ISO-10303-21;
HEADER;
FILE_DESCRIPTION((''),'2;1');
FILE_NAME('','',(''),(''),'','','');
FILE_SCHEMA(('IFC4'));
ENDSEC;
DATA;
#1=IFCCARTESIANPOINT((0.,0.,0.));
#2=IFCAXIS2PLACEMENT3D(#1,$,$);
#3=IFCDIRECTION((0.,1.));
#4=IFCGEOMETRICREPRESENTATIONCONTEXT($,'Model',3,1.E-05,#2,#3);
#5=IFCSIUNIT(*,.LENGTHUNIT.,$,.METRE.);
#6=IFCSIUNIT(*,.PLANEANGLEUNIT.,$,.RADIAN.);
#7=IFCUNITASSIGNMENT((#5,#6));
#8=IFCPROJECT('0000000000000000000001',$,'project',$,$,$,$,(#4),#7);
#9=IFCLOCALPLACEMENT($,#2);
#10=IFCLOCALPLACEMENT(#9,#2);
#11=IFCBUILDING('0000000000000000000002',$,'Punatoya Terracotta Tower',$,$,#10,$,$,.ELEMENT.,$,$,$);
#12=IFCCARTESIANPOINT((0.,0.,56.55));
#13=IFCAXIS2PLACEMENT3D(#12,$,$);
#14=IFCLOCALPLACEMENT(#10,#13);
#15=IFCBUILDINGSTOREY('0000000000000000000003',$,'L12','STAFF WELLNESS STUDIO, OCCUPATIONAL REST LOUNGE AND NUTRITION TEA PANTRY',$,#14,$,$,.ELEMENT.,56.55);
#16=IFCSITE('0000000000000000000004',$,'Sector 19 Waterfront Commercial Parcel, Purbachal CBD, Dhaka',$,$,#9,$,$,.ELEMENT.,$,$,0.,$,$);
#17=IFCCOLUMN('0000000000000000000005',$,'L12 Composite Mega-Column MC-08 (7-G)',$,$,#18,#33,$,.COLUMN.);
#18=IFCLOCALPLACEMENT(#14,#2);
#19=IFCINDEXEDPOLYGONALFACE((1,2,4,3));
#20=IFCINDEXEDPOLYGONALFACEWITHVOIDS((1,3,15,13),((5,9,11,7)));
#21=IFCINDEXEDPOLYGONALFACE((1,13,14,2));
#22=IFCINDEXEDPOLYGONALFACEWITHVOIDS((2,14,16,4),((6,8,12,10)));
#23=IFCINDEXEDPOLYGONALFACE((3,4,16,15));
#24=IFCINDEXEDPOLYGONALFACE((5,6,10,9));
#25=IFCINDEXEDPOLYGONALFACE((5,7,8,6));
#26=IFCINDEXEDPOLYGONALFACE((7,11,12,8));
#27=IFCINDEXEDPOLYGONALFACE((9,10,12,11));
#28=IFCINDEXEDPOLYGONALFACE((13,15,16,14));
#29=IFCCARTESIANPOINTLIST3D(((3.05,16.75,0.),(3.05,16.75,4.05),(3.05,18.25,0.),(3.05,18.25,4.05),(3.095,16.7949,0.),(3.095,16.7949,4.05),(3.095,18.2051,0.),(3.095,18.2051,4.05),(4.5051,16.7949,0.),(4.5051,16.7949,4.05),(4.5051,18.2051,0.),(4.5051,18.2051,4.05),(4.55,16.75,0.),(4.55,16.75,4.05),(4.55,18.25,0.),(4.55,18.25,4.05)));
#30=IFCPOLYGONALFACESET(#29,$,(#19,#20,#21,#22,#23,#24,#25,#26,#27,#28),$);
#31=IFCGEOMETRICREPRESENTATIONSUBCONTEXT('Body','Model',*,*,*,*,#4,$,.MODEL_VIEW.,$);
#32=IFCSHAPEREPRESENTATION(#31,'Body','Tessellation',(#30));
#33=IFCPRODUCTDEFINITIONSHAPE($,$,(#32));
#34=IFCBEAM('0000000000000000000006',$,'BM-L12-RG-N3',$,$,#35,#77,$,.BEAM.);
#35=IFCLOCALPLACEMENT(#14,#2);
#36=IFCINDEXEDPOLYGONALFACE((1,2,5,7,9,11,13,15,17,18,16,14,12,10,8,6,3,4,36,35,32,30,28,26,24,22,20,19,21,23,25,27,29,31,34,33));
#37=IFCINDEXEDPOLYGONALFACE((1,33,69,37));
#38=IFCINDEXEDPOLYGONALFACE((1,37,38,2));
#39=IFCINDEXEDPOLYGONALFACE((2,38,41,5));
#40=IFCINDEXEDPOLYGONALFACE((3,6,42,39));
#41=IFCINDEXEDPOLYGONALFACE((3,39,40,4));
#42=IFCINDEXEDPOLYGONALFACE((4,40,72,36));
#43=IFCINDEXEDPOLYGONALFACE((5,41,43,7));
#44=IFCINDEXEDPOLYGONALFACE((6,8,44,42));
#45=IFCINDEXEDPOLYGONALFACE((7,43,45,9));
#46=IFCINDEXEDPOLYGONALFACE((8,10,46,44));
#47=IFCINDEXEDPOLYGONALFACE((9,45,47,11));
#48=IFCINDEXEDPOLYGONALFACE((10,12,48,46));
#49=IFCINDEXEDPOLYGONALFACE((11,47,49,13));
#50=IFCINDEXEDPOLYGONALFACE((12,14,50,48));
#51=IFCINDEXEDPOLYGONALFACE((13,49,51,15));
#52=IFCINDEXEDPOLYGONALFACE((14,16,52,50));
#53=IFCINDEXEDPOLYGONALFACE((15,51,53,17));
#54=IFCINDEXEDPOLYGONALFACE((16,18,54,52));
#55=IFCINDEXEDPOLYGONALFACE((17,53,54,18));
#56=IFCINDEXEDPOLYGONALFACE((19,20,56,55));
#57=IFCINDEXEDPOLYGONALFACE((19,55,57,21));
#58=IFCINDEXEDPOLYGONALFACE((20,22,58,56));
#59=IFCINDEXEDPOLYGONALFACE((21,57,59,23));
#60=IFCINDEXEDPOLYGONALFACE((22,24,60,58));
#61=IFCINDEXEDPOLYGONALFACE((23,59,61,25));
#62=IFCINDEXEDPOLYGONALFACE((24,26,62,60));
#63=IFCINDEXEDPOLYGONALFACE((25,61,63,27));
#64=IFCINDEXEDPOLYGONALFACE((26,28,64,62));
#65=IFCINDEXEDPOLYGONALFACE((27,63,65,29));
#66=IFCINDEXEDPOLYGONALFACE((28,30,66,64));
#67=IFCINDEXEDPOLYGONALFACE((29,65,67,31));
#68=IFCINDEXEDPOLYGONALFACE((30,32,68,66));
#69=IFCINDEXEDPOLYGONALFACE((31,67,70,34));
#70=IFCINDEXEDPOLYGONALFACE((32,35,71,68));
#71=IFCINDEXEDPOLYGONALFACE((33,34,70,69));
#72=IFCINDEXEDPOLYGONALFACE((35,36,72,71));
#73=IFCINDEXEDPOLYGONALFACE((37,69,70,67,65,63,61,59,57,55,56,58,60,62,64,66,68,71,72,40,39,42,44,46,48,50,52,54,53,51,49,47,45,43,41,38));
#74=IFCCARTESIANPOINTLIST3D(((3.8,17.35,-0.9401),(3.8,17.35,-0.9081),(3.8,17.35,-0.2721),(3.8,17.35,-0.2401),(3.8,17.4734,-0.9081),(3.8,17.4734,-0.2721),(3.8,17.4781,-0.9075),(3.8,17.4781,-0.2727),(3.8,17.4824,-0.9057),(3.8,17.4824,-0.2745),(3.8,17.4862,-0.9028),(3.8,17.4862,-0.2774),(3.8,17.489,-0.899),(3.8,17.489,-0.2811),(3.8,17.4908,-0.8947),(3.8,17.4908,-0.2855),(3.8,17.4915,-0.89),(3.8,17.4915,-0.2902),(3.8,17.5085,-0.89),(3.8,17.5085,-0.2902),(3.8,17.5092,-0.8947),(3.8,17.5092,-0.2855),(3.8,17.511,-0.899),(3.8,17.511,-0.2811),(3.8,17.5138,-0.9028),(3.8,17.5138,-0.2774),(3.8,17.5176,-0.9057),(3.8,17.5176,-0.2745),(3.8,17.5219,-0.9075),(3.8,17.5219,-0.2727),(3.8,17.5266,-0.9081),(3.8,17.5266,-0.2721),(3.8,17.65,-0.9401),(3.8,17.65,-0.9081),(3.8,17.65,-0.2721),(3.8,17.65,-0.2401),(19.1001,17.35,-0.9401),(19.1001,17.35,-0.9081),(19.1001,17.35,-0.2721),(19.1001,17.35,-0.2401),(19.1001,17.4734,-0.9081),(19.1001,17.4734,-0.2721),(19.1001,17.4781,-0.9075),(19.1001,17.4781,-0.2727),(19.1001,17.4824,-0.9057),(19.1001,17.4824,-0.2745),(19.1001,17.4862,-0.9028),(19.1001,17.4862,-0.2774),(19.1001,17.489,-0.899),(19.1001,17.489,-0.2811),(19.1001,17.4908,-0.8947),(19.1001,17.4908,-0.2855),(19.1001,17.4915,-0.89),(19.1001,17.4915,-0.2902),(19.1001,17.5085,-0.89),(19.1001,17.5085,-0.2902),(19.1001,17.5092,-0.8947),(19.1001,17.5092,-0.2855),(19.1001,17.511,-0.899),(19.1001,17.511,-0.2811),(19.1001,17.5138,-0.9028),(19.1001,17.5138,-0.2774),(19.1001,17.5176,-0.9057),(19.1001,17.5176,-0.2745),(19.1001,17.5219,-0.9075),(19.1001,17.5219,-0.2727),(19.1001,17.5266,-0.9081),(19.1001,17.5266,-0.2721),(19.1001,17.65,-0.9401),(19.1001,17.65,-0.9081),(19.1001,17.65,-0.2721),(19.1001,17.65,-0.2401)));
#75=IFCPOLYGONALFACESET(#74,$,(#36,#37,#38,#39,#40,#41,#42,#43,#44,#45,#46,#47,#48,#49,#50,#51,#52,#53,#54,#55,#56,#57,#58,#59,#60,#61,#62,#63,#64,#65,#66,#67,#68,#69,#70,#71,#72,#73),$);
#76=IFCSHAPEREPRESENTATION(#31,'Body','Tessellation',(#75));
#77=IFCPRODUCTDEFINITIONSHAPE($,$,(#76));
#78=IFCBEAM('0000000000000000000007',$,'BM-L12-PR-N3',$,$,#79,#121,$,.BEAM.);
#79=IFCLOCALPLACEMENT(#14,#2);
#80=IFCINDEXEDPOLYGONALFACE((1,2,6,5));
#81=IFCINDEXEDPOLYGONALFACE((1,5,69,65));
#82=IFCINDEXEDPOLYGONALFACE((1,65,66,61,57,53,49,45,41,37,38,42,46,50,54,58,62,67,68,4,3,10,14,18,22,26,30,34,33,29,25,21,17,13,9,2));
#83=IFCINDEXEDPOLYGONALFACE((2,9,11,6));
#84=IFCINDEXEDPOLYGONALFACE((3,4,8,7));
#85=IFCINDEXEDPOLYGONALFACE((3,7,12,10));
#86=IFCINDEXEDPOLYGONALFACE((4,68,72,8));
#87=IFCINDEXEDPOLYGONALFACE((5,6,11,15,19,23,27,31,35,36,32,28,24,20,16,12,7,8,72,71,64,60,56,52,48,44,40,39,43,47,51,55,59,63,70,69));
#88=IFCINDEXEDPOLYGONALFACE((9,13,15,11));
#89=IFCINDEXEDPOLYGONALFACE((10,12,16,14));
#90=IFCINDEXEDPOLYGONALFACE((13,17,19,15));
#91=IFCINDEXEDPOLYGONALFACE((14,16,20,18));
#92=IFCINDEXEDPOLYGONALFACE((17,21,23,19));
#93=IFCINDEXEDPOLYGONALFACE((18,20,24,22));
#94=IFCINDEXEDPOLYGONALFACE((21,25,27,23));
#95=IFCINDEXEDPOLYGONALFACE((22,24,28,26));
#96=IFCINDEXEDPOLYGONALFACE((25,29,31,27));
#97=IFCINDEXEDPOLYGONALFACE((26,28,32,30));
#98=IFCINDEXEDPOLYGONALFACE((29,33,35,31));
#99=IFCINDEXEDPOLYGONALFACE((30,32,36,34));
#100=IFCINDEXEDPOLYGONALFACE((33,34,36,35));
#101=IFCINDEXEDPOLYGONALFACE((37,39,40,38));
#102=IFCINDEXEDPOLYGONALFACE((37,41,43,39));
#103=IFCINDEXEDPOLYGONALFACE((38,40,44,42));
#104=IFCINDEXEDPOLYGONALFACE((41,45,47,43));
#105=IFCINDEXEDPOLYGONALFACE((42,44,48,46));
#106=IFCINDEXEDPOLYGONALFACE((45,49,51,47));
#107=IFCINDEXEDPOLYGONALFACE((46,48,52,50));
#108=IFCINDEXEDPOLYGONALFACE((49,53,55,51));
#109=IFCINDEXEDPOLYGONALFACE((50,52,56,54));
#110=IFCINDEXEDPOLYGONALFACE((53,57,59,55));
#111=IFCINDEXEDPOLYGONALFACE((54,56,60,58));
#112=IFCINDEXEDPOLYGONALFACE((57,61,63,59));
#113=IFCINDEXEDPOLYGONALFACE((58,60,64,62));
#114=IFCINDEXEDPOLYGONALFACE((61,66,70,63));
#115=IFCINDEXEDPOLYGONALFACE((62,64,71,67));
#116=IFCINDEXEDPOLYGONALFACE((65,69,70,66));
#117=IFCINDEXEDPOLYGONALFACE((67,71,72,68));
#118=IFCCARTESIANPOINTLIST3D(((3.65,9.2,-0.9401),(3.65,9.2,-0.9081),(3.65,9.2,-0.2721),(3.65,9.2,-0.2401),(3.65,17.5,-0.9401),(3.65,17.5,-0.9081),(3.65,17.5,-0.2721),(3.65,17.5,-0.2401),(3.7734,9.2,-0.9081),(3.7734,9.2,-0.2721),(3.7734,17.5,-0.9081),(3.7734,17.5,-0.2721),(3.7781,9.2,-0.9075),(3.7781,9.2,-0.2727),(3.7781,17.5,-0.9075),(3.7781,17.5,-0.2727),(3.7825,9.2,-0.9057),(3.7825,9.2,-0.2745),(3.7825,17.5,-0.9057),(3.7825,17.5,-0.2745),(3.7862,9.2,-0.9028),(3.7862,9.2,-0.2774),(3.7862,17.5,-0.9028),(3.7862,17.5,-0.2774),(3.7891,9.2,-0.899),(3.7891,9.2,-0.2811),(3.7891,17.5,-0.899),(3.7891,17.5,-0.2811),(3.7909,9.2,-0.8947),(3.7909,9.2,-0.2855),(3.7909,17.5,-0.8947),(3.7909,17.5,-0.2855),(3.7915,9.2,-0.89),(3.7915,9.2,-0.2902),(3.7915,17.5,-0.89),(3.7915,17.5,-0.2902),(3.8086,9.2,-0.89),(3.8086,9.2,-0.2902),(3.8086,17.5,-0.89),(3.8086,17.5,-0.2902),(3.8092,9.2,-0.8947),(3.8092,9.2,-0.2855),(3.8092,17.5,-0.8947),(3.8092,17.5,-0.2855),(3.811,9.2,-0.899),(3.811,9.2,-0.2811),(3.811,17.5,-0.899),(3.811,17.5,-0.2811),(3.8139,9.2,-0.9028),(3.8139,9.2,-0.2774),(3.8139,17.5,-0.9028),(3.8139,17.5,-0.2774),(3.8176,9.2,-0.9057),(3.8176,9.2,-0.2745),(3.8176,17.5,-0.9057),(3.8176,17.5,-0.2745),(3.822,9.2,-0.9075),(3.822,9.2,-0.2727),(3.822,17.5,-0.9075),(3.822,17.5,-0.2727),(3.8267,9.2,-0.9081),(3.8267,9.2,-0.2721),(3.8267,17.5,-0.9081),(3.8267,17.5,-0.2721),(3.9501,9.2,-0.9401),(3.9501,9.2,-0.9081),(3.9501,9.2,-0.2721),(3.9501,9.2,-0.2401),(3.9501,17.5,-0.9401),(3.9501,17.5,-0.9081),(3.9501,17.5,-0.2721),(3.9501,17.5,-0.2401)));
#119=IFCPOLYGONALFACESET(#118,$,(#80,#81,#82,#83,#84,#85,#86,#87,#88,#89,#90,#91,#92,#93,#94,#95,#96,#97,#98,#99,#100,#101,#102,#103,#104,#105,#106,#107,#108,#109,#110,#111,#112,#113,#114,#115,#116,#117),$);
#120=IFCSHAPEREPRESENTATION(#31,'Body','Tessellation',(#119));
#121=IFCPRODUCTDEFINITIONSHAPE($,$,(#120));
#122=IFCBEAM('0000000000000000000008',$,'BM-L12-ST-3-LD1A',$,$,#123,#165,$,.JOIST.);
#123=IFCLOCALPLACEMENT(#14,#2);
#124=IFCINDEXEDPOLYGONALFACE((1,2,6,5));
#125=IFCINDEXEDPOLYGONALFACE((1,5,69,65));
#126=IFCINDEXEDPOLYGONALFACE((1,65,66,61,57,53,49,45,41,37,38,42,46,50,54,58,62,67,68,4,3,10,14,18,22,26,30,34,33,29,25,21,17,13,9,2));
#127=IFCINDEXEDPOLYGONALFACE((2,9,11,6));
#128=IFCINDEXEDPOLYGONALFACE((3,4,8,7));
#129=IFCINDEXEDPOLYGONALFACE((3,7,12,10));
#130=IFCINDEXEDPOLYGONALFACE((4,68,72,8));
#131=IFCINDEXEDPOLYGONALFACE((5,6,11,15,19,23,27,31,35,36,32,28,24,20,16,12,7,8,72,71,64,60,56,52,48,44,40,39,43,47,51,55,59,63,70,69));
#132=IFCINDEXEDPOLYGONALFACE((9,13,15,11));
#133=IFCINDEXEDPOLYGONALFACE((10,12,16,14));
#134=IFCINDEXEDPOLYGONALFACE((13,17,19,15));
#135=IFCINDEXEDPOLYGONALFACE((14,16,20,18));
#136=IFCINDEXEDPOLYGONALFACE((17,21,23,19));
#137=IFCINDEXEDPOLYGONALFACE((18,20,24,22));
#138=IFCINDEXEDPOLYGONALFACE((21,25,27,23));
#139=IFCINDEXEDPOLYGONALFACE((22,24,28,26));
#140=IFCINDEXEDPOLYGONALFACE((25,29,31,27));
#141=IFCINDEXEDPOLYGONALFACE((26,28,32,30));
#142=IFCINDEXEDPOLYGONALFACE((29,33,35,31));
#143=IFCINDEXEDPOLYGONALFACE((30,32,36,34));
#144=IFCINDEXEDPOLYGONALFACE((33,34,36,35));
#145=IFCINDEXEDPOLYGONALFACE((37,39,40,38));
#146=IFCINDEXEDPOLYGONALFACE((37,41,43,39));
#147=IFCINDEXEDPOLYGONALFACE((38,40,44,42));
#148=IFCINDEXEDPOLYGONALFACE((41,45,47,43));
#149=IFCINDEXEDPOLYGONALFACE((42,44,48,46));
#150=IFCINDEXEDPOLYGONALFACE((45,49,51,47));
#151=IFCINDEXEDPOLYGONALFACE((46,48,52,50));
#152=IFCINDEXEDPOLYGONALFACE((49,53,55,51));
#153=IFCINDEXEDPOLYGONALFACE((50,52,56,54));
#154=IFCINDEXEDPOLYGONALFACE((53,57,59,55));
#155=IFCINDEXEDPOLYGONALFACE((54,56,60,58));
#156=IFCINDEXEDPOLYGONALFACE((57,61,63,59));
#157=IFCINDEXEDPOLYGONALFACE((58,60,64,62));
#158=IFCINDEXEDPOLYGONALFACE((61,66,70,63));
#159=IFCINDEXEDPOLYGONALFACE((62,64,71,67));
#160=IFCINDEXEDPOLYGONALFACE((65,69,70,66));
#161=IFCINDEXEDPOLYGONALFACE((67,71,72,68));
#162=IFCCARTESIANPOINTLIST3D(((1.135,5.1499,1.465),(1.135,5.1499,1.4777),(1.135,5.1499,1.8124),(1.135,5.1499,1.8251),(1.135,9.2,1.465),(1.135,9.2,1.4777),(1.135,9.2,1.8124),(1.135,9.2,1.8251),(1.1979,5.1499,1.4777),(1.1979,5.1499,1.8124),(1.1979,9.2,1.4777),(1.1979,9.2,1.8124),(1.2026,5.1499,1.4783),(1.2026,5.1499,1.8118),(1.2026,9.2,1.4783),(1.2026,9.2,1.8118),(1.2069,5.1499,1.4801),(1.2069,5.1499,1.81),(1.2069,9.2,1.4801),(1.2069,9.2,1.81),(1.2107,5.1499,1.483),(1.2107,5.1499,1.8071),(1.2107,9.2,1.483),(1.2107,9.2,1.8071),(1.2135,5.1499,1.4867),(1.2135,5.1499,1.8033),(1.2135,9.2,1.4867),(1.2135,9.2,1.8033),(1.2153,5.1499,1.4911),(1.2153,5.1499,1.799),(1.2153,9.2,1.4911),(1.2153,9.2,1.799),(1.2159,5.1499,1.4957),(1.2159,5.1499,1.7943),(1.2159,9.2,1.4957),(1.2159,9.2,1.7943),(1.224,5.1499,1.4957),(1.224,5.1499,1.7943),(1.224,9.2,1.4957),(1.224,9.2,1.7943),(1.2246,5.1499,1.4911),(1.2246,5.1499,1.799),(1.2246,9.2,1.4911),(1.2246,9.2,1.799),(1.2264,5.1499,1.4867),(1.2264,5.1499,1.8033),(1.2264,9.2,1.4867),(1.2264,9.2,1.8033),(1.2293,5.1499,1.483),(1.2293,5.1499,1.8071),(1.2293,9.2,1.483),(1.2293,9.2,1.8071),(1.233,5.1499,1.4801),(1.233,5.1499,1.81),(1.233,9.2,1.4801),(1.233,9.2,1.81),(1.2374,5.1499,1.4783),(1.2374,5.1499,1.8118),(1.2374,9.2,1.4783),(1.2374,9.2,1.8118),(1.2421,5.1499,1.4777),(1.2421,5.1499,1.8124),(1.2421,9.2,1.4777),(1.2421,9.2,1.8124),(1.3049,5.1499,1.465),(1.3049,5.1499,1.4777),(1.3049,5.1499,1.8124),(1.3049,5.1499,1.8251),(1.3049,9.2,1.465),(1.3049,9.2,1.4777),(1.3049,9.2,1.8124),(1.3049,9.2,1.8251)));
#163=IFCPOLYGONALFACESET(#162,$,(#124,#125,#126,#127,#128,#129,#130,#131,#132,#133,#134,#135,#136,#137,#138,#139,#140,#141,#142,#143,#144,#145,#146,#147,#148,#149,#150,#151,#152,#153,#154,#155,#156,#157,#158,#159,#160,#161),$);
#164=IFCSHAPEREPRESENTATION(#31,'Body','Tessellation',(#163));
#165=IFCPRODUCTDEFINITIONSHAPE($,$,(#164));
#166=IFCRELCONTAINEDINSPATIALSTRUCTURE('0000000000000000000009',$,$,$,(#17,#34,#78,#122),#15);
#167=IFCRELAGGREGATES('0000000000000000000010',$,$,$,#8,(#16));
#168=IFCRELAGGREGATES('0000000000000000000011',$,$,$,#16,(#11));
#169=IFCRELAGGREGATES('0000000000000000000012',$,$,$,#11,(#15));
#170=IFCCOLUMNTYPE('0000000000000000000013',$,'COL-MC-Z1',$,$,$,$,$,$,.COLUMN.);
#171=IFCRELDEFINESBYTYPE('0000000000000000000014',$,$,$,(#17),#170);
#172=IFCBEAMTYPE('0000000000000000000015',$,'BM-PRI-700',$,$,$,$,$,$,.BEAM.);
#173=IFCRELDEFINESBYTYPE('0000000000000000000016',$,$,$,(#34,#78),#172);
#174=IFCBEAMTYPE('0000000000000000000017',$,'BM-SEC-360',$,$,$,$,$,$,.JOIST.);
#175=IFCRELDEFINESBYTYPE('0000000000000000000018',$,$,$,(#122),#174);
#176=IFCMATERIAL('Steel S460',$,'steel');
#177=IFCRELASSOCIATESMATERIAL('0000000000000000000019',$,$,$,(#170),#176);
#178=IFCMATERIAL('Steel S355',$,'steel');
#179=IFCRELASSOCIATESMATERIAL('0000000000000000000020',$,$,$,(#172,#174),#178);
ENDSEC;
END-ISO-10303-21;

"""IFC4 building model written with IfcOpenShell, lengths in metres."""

from ifc_helpers import new_model, si_unit, direction, frame, origin, origin_2d, place, context, subcontext, project, spatial, hollow_rectangle, i_section, extrude, material, material_profile, profile_set, type_object, element, save


model = new_model("IFC4")

# Units and contexts
model_context = context("Model", 3, precision=1e-05, world=origin(), true_north=direction((0.0, 1.0)))
body_context = subcontext(model_context, "Body", "Model", "MODEL_VIEW")
ifc_project = project(units=[si_unit("LENGTHUNIT", "METRE"), si_unit("PLANEANGLEUNIT", "RADIAN")], contexts=[model_context])

# Site, building, storey
site_placement = place(None, origin())
site = spatial("IfcSite", under=ifc_project, at=site_placement, Name="Sector 19 Waterfront Commercial Parcel, Purbachal CBD, Dhaka", CompositionType="ELEMENT", RefElevation=0.0)
building_placement = place(site_placement, origin())
building = spatial("IfcBuilding", under=site, at=building_placement, Name="Punatoya Terracotta Tower", CompositionType="ELEMENT")
storey_placement = place(building_placement, frame((0.0, 0.0, 56.55)))
storey = spatial("IfcBuildingStorey", under=building, at=storey_placement, Name="L12", Description="STAFF WELLNESS STUDIO, OCCUPATIONAL REST LOUNGE AND NUTRITION TEA PANTRY", CompositionType="ELEMENT", Elevation=56.55)

# Column
ifc_material_1 = material(Name="Steel S460", Category="steel")
ifc_material_profile_1 = material_profile(ifc_material_1, hollow_rectangle(XDim=1.5, YDim=1.5, WallThickness=0.0449, at=origin_2d()))
ifc_profile_set_1 = profile_set([ifc_material_profile_1], Name="Steel S460")
column_type = type_object("IfcColumnType", Name="COL-MC-Z1", PredefinedType="COLUMN", material=ifc_profile_set_1)
column_placement = place(storey_placement, frame((3.8, 17.5, 0.0), z_axis=(0.0, 0.0, 1.0), x_axis=(1.0, 0.0, 0.0)))
element("IfcColumn", 1, at=column_placement, inside=storey, type_object=column_type, Name="L12 Composite Mega-Column MC-08 (7-G)", PredefinedType="COLUMN", context=body_context, shape_type="SweptSolid", body=[
    extrude(hollow_rectangle(XDim=1.5, YDim=1.5, WallThickness=0.0449, at=origin_2d()), origin(), (0.0, 0.0, 1.0), 4.05),
])

# Beams
ifc_material_2 = material(Name="Steel S355", Category="steel")
ifc_material_profile_2 = material_profile(ifc_material_2, i_section(OverallWidth=0.3, OverallDepth=0.7, WebThickness=0.0171, FlangeThickness=0.032, FilletRadius=0.0181, at=origin_2d()))
ifc_profile_set_2 = profile_set([ifc_material_profile_2], Name="Steel S355")
beam_type_1 = type_object("IfcBeamType", Name="BM-PRI-700", PredefinedType="BEAM", material=ifc_profile_set_2)
beam_1_placement = place(storey_placement, frame((3.8, 17.5, -0.5901), z_axis=(1.0, 0.0, 0.0), x_axis=(0.0, 1.0, 0.0)))
element("IfcBeam", 2, at=beam_1_placement, inside=storey, type_object=beam_type_1, Name="BM-L12-RG-N3", PredefinedType="BEAM", context=body_context, shape_type="SweptSolid", body=[
    extrude(i_section(OverallWidth=0.3, OverallDepth=0.7, WebThickness=0.0171, FlangeThickness=0.032, FilletRadius=0.0181, at=origin_2d()), origin(), (0.0, 0.0, 1.0), 15.3),
])
beam_2_placement = place(storey_placement, frame((3.8, 9.2, -0.5901), z_axis=(0.0, 1.0, 0.0), x_axis=(-1.0, 0.0, 0.0)))
element("IfcBeam", 3, at=beam_2_placement, inside=storey, type_object=beam_type_1, Name="BM-L12-PR-N3", PredefinedType="BEAM", context=body_context, shape_type="SweptSolid", body=[
    extrude(i_section(OverallWidth=0.3, OverallDepth=0.7, WebThickness=0.0171, FlangeThickness=0.032, FilletRadius=0.0181, at=origin_2d()), origin(), (0.0, 0.0, 1.0), 8.3),
])
ifc_material_profile_3 = material_profile(ifc_material_2, i_section(OverallWidth=0.1699, OverallDepth=0.3601, WebThickness=0.0081, FlangeThickness=0.0127, FilletRadius=0.0181, at=origin_2d()))
ifc_profile_set_3 = profile_set([ifc_material_profile_3], Name="Steel S355")
beam_type_2 = type_object("IfcBeamType", Name="BM-SEC-360", PredefinedType="JOIST", material=ifc_profile_set_3)
for number, where, z_axis, x_axis, name in (
    (4, (1.22, 5.1499, 1.645), (0.0, 1.0, 0.0), (-1.0, 0.0, 0.0), "BM-L12-ST-3-LD1A"),
):
    element("IfcBeam", number, at=place(storey_placement, frame(where, z_axis=z_axis, x_axis=x_axis)), inside=storey, type_object=beam_type_2, Name=name, PredefinedType="JOIST", context=body_context, shape_type="SweptSolid", body=[
        extrude(i_section(OverallWidth=0.1699, OverallDepth=0.3601, WebThickness=0.0081, FlangeThickness=0.0127, FilletRadius=0.0181, at=origin_2d()), origin(), (0.0, 0.0, 1.0), 4.05),
    ])

save(model, "model.ifc")
